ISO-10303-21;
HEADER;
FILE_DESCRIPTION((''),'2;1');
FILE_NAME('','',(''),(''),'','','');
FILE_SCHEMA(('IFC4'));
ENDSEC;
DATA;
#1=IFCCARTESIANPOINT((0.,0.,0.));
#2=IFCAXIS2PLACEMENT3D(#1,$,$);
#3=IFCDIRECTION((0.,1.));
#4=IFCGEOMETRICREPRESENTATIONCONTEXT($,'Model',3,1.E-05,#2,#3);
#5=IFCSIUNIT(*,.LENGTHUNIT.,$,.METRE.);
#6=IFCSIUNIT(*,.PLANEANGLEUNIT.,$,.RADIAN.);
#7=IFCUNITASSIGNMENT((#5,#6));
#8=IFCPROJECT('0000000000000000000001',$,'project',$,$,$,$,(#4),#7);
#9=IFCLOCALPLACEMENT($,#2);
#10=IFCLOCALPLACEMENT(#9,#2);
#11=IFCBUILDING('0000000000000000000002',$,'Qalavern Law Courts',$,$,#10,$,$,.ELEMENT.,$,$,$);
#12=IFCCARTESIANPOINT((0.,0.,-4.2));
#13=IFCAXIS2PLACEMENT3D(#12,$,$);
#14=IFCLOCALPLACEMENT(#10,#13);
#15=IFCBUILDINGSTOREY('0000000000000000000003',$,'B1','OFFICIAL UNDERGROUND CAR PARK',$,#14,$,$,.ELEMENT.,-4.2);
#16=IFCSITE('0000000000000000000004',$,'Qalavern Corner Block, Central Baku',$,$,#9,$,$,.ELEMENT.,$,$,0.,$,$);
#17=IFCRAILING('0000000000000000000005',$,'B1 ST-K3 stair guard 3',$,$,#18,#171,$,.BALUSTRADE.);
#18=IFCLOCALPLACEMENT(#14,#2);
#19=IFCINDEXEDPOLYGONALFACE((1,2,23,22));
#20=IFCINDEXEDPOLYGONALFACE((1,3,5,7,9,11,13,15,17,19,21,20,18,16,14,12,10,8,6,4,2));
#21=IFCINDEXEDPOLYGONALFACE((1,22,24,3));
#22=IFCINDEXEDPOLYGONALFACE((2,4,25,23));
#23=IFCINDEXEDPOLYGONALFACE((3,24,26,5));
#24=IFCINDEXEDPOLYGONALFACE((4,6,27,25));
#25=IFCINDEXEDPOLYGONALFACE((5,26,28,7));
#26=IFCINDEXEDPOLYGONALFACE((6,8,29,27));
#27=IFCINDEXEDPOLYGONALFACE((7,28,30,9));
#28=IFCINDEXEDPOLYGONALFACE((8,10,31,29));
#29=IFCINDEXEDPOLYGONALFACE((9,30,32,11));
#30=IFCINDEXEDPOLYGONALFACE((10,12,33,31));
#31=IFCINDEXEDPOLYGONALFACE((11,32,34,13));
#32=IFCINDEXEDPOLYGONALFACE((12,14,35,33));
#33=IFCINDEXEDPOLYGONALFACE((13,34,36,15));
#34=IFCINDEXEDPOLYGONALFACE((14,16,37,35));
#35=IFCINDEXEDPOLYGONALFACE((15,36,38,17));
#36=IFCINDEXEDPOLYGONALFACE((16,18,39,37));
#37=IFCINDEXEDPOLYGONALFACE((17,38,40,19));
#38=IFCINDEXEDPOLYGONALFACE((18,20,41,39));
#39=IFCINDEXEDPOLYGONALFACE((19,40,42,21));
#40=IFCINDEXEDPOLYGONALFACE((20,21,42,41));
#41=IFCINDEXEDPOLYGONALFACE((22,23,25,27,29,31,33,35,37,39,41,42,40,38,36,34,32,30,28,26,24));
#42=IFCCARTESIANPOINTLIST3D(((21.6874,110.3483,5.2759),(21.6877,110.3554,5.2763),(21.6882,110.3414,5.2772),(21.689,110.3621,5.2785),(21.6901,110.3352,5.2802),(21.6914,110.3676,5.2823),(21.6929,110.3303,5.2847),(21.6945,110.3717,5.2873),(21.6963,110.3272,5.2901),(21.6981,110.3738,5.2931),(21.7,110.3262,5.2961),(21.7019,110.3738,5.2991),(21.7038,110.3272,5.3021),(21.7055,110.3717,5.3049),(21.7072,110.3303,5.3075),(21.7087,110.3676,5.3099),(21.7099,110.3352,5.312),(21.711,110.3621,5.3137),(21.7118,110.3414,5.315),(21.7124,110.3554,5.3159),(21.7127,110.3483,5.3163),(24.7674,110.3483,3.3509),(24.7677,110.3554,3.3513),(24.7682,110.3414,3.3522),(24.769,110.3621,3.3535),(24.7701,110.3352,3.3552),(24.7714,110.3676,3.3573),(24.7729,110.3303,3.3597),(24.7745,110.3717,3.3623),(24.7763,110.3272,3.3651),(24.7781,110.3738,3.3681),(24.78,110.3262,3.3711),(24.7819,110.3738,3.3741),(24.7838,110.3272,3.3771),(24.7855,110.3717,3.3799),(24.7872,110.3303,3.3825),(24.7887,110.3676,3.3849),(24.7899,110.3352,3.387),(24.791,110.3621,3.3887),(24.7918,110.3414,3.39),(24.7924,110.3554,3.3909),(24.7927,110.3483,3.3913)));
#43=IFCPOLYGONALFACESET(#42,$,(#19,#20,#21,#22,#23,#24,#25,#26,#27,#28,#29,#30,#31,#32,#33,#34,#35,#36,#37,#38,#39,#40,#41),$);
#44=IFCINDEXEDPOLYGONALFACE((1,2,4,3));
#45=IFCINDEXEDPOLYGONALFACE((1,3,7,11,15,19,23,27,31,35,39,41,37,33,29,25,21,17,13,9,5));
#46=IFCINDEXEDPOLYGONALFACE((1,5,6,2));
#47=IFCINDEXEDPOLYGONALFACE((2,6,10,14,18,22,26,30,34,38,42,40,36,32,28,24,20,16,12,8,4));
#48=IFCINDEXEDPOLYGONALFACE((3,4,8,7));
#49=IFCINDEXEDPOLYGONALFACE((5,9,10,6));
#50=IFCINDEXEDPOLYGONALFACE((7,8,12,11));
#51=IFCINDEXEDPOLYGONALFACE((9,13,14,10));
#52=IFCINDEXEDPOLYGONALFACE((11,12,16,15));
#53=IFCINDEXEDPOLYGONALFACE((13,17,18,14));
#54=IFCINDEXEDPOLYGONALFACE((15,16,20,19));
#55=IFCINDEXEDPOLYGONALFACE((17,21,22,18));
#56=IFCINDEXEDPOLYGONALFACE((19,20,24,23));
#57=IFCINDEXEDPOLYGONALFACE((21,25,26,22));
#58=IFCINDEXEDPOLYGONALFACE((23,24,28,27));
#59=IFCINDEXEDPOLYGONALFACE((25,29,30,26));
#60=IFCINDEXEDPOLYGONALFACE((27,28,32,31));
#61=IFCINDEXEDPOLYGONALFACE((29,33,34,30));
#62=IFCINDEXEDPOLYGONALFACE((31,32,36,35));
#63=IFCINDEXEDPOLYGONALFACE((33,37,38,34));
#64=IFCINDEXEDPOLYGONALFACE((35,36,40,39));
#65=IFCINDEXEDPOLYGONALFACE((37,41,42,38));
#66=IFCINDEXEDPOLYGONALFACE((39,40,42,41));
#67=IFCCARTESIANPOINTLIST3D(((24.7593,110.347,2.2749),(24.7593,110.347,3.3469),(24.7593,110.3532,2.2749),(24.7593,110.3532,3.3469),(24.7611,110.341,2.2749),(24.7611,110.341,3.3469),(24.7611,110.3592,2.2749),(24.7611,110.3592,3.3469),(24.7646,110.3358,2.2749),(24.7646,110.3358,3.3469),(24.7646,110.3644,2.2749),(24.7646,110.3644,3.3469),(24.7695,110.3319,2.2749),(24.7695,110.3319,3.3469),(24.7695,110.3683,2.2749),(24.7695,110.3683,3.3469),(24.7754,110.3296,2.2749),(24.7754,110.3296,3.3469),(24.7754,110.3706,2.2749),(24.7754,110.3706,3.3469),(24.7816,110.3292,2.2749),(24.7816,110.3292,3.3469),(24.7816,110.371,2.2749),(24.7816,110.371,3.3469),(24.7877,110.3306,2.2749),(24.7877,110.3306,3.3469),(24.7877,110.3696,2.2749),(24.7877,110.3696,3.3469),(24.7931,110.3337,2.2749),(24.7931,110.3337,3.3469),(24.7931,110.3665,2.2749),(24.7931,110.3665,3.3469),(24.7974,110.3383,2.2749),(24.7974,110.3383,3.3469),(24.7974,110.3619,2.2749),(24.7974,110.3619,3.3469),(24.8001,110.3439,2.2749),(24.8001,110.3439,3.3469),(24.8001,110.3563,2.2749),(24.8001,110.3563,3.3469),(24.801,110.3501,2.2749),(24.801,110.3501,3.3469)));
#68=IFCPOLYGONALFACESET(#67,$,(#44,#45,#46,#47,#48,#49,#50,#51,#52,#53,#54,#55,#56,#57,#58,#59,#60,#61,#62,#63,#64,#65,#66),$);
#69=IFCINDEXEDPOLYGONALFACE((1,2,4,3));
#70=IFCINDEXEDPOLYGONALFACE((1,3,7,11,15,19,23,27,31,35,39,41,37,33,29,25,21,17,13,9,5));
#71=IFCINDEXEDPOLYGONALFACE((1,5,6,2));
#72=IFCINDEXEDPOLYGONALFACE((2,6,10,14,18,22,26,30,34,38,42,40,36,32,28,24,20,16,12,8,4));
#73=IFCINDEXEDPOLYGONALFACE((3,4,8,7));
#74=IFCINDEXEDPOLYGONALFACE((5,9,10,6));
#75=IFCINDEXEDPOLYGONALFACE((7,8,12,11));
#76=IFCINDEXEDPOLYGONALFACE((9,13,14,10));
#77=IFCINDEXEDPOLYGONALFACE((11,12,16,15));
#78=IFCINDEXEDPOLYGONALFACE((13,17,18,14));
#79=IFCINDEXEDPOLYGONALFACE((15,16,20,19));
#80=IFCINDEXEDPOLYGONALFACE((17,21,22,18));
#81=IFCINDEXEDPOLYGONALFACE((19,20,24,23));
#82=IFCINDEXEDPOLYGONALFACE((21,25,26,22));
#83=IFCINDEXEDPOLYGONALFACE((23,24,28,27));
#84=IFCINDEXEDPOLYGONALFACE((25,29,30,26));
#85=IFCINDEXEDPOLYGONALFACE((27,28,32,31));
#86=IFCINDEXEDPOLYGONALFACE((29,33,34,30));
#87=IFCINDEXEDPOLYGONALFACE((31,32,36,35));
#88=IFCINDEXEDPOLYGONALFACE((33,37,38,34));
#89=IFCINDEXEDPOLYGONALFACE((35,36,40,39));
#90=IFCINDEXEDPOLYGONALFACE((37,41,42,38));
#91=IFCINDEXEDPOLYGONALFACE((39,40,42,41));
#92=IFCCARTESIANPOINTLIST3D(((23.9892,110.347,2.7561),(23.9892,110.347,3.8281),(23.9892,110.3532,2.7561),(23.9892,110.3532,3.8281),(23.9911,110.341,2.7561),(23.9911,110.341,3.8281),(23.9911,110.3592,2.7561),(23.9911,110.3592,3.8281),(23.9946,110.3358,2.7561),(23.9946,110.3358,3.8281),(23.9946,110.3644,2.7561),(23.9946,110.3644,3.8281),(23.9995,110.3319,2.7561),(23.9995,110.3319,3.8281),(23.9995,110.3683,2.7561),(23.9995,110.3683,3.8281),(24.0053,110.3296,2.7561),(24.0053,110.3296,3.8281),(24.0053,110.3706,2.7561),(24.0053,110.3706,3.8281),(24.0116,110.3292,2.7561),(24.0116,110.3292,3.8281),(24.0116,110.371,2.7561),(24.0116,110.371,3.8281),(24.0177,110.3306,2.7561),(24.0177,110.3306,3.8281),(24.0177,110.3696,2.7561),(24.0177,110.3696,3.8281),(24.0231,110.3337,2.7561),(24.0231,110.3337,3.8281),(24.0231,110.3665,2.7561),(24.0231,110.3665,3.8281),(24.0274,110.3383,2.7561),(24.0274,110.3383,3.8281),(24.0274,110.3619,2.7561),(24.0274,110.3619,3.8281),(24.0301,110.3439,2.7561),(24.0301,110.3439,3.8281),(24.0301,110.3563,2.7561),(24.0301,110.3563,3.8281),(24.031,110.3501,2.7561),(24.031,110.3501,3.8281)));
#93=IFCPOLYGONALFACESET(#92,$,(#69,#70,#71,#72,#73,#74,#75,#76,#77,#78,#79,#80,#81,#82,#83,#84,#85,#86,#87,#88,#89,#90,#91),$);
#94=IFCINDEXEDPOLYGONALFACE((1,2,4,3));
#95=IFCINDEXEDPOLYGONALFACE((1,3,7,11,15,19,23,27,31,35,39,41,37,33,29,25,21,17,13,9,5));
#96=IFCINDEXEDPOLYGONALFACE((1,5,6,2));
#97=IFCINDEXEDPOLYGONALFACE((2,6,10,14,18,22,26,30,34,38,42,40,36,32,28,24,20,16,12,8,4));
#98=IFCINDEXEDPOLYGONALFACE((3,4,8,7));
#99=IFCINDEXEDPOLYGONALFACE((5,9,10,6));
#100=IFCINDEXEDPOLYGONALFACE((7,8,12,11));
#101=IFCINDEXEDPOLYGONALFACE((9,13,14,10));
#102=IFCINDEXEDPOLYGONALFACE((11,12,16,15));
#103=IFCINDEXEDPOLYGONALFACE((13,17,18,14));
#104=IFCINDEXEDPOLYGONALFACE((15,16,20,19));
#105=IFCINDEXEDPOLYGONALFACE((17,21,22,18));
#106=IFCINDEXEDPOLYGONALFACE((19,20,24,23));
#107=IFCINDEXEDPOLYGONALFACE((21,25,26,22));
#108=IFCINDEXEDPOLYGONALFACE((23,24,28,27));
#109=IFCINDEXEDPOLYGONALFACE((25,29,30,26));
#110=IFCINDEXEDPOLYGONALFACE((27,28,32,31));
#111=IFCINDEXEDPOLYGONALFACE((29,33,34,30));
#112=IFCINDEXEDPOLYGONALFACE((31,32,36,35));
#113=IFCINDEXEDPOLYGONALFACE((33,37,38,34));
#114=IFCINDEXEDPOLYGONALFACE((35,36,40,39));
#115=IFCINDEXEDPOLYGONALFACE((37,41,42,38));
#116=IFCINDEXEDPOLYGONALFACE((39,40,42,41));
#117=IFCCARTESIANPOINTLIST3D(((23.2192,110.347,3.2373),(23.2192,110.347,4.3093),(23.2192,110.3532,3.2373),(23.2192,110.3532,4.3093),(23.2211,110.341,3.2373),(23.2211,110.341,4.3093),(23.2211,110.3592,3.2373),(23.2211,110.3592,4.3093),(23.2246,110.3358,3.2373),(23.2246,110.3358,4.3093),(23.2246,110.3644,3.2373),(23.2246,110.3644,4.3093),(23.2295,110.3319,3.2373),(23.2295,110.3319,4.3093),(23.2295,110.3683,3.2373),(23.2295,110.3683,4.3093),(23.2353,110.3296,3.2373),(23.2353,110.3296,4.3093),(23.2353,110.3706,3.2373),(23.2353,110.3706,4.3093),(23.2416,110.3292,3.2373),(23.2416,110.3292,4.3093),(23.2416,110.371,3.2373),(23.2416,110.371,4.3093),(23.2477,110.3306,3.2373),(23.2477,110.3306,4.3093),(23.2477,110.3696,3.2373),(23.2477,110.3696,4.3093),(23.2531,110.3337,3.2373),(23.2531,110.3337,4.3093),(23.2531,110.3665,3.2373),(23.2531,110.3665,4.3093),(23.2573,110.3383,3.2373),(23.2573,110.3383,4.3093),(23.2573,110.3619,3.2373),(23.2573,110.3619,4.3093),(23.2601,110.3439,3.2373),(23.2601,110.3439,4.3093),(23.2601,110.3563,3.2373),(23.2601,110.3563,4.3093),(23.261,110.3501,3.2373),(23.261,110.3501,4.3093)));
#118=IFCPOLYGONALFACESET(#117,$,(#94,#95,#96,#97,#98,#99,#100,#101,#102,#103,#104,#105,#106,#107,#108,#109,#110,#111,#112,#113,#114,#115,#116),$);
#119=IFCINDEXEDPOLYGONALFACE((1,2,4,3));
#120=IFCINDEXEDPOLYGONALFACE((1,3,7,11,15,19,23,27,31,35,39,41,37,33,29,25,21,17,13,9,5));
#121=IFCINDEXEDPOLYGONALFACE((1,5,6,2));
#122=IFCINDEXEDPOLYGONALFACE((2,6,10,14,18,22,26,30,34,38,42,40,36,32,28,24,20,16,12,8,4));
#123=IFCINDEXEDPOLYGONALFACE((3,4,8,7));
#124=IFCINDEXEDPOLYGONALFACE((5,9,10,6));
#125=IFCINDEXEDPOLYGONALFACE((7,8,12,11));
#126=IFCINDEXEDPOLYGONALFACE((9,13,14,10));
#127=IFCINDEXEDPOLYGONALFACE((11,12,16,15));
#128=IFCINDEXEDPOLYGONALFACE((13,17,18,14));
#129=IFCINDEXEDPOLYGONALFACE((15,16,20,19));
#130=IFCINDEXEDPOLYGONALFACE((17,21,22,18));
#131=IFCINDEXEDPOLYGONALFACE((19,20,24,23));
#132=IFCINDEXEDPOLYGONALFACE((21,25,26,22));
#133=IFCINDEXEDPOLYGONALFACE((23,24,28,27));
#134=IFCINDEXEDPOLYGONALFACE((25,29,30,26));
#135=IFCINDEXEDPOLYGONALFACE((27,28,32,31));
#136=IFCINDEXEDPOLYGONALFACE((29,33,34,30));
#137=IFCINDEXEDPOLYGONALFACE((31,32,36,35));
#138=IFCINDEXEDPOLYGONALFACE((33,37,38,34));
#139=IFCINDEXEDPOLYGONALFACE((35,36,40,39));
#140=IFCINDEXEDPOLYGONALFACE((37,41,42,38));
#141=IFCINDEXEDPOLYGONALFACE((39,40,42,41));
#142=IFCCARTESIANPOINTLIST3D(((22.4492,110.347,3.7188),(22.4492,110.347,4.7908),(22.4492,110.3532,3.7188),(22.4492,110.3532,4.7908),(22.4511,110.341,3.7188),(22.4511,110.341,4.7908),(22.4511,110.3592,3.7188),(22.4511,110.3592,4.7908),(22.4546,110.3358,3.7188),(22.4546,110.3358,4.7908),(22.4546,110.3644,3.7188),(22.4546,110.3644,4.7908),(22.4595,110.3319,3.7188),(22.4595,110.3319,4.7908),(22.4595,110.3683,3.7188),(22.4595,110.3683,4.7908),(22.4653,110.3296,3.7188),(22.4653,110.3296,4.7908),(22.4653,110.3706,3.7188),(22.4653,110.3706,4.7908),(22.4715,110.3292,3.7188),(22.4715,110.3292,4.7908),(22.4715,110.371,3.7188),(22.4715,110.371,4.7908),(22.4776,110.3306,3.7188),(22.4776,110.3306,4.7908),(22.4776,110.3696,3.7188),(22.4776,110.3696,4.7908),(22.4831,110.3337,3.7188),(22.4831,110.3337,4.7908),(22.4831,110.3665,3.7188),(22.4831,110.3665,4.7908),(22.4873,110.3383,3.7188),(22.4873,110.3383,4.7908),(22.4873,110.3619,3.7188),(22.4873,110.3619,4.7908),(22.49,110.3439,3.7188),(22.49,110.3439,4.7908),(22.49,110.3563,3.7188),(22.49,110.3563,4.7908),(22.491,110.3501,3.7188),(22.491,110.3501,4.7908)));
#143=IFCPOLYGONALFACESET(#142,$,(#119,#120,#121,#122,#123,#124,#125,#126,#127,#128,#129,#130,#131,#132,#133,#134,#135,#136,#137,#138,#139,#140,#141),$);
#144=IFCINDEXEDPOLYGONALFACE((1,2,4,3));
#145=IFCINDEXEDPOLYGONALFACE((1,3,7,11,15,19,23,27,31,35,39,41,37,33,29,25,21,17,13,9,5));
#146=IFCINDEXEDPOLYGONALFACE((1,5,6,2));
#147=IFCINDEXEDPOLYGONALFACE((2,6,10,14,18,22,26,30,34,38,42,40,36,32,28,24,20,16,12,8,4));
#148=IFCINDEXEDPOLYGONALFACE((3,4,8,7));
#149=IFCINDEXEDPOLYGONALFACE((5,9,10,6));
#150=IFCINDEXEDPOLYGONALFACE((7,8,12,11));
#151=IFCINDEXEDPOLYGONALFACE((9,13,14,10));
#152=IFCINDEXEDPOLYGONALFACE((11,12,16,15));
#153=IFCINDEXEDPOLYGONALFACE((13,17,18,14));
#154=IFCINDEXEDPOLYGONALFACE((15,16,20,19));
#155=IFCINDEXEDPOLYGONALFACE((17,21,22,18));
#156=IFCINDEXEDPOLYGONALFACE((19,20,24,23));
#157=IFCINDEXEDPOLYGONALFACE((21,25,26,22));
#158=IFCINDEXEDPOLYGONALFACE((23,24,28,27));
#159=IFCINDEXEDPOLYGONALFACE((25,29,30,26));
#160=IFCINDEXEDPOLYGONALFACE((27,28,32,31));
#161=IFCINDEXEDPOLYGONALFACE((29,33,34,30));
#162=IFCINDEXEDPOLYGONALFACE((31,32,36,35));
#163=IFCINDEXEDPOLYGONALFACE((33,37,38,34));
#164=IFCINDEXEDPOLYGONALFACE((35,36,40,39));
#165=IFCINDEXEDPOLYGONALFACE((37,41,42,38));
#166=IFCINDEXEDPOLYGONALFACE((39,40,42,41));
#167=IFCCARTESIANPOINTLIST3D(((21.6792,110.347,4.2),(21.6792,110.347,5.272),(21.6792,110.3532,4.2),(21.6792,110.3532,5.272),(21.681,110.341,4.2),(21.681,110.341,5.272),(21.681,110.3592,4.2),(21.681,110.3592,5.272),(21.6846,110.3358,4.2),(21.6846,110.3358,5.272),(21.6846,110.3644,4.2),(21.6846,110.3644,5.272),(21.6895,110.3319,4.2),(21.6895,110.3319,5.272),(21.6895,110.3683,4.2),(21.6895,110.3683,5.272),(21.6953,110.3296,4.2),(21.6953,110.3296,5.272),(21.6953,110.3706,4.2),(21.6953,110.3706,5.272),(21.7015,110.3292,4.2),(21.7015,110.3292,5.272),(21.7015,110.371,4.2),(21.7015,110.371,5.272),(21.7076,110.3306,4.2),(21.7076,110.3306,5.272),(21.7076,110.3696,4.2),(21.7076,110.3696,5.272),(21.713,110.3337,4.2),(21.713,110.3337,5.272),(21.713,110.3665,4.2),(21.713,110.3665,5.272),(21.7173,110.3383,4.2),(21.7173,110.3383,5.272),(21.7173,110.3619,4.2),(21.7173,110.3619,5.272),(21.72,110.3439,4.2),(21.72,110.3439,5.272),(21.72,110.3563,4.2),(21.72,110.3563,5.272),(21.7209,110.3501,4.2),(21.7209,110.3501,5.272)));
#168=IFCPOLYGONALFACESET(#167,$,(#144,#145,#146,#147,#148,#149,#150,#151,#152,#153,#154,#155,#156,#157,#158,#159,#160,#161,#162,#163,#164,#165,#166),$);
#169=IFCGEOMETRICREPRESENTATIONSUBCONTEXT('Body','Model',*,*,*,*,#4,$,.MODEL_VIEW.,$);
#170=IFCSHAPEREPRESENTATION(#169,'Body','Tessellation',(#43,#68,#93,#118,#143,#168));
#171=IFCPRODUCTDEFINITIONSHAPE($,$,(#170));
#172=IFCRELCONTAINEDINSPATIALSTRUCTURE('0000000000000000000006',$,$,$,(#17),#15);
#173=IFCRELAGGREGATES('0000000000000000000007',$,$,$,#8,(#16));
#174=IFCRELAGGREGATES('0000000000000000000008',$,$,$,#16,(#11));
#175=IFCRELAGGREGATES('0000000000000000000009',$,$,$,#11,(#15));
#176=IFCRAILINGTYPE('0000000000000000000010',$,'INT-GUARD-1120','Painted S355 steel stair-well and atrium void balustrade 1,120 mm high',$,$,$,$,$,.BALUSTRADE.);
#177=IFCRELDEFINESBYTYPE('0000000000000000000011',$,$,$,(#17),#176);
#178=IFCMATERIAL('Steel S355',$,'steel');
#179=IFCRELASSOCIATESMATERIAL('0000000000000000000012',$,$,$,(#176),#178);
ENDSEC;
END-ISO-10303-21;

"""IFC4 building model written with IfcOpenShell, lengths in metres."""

from ifc_helpers import new_model, si_unit, direction, frame, origin, origin_2d, place, context, subcontext, project, spatial, circle, extrude, material, type_object, element, save


model = new_model("IFC4")

# Units and contexts
model_context = context("Model", 3, precision=1e-05, world=origin(), true_north=direction((0.0, 1.0)))
body_context = subcontext(model_context, "Body", "Model", "MODEL_VIEW")
ifc_project = project(units=[si_unit("LENGTHUNIT", "METRE"), si_unit("PLANEANGLEUNIT", "RADIAN")], contexts=[model_context])

# Site, building, storey
site_placement = place(None, origin())
site = spatial("IfcSite", under=ifc_project, at=site_placement, Name="Qalavern Corner Block, Central Baku", CompositionType="ELEMENT", RefElevation=0.0)
building_placement = place(site_placement, origin())
building = spatial("IfcBuilding", under=site, at=building_placement, Name="Qalavern Law Courts", CompositionType="ELEMENT")
storey_placement = place(building_placement, frame((0.0, 0.0, -4.2)))
storey = spatial("IfcBuildingStorey", under=building, at=storey_placement, Name="B1", Description="OFFICIAL UNDERGROUND CAR PARK", CompositionType="ELEMENT", Elevation=-4.2)

# Shared definitions
ifc_material_1 = material(Name="Steel S355", Category="steel")

# Railing
railing_type_1 = type_object("IfcRailingType", Name="INT-GUARD-1120", Description="Painted S355 steel stair-well and atrium void balustrade 1,120 mm high", PredefinedType="BALUSTRADE", material=ifc_material_1)
railing_1_placement = place(storey_placement, frame((24.78, 110.3501, 2.2749)))
element("IfcRailing", 1, at=railing_1_placement, inside=storey, type_object=railing_type_1, Name="B1 ST-K3 stair guard 3", PredefinedType="BALUSTRADE", context=body_context, shape_type="SweptSolid", body=[
    extrude(circle(Radius=0.0239, at=origin_2d()), frame((0.0, 0.0, 1.0962), z_axis=(-0.847998, 0.0, 0.529999), x_axis=(0.0, -1.0, 0.0)), (0.0, 0.0, 1.0), 3.6321),
    extrude(circle(Radius=0.021, at=origin_2d()), origin(), (0.0, 0.0, 1.0), 1.072),
    extrude(circle(Radius=0.021, at=origin_2d()), frame((-0.77, 0.0, 0.4812)), (0.0, 0.0, 1.0), 1.072),
    extrude(circle(Radius=0.021, at=origin_2d()), frame((-1.54, 0.0, 0.9624)), (0.0, 0.0, 1.0), 1.072),
    extrude(circle(Radius=0.021, at=origin_2d()), frame((-2.3101, 0.0, 1.4438)), (0.0, 0.0, 1.0), 1.072),
    extrude(circle(Radius=0.021, at=origin_2d()), frame((-3.0801, 0.0, 1.925)), (0.0, 0.0, 1.0), 1.072),
])

save(model, "model.ifc")
